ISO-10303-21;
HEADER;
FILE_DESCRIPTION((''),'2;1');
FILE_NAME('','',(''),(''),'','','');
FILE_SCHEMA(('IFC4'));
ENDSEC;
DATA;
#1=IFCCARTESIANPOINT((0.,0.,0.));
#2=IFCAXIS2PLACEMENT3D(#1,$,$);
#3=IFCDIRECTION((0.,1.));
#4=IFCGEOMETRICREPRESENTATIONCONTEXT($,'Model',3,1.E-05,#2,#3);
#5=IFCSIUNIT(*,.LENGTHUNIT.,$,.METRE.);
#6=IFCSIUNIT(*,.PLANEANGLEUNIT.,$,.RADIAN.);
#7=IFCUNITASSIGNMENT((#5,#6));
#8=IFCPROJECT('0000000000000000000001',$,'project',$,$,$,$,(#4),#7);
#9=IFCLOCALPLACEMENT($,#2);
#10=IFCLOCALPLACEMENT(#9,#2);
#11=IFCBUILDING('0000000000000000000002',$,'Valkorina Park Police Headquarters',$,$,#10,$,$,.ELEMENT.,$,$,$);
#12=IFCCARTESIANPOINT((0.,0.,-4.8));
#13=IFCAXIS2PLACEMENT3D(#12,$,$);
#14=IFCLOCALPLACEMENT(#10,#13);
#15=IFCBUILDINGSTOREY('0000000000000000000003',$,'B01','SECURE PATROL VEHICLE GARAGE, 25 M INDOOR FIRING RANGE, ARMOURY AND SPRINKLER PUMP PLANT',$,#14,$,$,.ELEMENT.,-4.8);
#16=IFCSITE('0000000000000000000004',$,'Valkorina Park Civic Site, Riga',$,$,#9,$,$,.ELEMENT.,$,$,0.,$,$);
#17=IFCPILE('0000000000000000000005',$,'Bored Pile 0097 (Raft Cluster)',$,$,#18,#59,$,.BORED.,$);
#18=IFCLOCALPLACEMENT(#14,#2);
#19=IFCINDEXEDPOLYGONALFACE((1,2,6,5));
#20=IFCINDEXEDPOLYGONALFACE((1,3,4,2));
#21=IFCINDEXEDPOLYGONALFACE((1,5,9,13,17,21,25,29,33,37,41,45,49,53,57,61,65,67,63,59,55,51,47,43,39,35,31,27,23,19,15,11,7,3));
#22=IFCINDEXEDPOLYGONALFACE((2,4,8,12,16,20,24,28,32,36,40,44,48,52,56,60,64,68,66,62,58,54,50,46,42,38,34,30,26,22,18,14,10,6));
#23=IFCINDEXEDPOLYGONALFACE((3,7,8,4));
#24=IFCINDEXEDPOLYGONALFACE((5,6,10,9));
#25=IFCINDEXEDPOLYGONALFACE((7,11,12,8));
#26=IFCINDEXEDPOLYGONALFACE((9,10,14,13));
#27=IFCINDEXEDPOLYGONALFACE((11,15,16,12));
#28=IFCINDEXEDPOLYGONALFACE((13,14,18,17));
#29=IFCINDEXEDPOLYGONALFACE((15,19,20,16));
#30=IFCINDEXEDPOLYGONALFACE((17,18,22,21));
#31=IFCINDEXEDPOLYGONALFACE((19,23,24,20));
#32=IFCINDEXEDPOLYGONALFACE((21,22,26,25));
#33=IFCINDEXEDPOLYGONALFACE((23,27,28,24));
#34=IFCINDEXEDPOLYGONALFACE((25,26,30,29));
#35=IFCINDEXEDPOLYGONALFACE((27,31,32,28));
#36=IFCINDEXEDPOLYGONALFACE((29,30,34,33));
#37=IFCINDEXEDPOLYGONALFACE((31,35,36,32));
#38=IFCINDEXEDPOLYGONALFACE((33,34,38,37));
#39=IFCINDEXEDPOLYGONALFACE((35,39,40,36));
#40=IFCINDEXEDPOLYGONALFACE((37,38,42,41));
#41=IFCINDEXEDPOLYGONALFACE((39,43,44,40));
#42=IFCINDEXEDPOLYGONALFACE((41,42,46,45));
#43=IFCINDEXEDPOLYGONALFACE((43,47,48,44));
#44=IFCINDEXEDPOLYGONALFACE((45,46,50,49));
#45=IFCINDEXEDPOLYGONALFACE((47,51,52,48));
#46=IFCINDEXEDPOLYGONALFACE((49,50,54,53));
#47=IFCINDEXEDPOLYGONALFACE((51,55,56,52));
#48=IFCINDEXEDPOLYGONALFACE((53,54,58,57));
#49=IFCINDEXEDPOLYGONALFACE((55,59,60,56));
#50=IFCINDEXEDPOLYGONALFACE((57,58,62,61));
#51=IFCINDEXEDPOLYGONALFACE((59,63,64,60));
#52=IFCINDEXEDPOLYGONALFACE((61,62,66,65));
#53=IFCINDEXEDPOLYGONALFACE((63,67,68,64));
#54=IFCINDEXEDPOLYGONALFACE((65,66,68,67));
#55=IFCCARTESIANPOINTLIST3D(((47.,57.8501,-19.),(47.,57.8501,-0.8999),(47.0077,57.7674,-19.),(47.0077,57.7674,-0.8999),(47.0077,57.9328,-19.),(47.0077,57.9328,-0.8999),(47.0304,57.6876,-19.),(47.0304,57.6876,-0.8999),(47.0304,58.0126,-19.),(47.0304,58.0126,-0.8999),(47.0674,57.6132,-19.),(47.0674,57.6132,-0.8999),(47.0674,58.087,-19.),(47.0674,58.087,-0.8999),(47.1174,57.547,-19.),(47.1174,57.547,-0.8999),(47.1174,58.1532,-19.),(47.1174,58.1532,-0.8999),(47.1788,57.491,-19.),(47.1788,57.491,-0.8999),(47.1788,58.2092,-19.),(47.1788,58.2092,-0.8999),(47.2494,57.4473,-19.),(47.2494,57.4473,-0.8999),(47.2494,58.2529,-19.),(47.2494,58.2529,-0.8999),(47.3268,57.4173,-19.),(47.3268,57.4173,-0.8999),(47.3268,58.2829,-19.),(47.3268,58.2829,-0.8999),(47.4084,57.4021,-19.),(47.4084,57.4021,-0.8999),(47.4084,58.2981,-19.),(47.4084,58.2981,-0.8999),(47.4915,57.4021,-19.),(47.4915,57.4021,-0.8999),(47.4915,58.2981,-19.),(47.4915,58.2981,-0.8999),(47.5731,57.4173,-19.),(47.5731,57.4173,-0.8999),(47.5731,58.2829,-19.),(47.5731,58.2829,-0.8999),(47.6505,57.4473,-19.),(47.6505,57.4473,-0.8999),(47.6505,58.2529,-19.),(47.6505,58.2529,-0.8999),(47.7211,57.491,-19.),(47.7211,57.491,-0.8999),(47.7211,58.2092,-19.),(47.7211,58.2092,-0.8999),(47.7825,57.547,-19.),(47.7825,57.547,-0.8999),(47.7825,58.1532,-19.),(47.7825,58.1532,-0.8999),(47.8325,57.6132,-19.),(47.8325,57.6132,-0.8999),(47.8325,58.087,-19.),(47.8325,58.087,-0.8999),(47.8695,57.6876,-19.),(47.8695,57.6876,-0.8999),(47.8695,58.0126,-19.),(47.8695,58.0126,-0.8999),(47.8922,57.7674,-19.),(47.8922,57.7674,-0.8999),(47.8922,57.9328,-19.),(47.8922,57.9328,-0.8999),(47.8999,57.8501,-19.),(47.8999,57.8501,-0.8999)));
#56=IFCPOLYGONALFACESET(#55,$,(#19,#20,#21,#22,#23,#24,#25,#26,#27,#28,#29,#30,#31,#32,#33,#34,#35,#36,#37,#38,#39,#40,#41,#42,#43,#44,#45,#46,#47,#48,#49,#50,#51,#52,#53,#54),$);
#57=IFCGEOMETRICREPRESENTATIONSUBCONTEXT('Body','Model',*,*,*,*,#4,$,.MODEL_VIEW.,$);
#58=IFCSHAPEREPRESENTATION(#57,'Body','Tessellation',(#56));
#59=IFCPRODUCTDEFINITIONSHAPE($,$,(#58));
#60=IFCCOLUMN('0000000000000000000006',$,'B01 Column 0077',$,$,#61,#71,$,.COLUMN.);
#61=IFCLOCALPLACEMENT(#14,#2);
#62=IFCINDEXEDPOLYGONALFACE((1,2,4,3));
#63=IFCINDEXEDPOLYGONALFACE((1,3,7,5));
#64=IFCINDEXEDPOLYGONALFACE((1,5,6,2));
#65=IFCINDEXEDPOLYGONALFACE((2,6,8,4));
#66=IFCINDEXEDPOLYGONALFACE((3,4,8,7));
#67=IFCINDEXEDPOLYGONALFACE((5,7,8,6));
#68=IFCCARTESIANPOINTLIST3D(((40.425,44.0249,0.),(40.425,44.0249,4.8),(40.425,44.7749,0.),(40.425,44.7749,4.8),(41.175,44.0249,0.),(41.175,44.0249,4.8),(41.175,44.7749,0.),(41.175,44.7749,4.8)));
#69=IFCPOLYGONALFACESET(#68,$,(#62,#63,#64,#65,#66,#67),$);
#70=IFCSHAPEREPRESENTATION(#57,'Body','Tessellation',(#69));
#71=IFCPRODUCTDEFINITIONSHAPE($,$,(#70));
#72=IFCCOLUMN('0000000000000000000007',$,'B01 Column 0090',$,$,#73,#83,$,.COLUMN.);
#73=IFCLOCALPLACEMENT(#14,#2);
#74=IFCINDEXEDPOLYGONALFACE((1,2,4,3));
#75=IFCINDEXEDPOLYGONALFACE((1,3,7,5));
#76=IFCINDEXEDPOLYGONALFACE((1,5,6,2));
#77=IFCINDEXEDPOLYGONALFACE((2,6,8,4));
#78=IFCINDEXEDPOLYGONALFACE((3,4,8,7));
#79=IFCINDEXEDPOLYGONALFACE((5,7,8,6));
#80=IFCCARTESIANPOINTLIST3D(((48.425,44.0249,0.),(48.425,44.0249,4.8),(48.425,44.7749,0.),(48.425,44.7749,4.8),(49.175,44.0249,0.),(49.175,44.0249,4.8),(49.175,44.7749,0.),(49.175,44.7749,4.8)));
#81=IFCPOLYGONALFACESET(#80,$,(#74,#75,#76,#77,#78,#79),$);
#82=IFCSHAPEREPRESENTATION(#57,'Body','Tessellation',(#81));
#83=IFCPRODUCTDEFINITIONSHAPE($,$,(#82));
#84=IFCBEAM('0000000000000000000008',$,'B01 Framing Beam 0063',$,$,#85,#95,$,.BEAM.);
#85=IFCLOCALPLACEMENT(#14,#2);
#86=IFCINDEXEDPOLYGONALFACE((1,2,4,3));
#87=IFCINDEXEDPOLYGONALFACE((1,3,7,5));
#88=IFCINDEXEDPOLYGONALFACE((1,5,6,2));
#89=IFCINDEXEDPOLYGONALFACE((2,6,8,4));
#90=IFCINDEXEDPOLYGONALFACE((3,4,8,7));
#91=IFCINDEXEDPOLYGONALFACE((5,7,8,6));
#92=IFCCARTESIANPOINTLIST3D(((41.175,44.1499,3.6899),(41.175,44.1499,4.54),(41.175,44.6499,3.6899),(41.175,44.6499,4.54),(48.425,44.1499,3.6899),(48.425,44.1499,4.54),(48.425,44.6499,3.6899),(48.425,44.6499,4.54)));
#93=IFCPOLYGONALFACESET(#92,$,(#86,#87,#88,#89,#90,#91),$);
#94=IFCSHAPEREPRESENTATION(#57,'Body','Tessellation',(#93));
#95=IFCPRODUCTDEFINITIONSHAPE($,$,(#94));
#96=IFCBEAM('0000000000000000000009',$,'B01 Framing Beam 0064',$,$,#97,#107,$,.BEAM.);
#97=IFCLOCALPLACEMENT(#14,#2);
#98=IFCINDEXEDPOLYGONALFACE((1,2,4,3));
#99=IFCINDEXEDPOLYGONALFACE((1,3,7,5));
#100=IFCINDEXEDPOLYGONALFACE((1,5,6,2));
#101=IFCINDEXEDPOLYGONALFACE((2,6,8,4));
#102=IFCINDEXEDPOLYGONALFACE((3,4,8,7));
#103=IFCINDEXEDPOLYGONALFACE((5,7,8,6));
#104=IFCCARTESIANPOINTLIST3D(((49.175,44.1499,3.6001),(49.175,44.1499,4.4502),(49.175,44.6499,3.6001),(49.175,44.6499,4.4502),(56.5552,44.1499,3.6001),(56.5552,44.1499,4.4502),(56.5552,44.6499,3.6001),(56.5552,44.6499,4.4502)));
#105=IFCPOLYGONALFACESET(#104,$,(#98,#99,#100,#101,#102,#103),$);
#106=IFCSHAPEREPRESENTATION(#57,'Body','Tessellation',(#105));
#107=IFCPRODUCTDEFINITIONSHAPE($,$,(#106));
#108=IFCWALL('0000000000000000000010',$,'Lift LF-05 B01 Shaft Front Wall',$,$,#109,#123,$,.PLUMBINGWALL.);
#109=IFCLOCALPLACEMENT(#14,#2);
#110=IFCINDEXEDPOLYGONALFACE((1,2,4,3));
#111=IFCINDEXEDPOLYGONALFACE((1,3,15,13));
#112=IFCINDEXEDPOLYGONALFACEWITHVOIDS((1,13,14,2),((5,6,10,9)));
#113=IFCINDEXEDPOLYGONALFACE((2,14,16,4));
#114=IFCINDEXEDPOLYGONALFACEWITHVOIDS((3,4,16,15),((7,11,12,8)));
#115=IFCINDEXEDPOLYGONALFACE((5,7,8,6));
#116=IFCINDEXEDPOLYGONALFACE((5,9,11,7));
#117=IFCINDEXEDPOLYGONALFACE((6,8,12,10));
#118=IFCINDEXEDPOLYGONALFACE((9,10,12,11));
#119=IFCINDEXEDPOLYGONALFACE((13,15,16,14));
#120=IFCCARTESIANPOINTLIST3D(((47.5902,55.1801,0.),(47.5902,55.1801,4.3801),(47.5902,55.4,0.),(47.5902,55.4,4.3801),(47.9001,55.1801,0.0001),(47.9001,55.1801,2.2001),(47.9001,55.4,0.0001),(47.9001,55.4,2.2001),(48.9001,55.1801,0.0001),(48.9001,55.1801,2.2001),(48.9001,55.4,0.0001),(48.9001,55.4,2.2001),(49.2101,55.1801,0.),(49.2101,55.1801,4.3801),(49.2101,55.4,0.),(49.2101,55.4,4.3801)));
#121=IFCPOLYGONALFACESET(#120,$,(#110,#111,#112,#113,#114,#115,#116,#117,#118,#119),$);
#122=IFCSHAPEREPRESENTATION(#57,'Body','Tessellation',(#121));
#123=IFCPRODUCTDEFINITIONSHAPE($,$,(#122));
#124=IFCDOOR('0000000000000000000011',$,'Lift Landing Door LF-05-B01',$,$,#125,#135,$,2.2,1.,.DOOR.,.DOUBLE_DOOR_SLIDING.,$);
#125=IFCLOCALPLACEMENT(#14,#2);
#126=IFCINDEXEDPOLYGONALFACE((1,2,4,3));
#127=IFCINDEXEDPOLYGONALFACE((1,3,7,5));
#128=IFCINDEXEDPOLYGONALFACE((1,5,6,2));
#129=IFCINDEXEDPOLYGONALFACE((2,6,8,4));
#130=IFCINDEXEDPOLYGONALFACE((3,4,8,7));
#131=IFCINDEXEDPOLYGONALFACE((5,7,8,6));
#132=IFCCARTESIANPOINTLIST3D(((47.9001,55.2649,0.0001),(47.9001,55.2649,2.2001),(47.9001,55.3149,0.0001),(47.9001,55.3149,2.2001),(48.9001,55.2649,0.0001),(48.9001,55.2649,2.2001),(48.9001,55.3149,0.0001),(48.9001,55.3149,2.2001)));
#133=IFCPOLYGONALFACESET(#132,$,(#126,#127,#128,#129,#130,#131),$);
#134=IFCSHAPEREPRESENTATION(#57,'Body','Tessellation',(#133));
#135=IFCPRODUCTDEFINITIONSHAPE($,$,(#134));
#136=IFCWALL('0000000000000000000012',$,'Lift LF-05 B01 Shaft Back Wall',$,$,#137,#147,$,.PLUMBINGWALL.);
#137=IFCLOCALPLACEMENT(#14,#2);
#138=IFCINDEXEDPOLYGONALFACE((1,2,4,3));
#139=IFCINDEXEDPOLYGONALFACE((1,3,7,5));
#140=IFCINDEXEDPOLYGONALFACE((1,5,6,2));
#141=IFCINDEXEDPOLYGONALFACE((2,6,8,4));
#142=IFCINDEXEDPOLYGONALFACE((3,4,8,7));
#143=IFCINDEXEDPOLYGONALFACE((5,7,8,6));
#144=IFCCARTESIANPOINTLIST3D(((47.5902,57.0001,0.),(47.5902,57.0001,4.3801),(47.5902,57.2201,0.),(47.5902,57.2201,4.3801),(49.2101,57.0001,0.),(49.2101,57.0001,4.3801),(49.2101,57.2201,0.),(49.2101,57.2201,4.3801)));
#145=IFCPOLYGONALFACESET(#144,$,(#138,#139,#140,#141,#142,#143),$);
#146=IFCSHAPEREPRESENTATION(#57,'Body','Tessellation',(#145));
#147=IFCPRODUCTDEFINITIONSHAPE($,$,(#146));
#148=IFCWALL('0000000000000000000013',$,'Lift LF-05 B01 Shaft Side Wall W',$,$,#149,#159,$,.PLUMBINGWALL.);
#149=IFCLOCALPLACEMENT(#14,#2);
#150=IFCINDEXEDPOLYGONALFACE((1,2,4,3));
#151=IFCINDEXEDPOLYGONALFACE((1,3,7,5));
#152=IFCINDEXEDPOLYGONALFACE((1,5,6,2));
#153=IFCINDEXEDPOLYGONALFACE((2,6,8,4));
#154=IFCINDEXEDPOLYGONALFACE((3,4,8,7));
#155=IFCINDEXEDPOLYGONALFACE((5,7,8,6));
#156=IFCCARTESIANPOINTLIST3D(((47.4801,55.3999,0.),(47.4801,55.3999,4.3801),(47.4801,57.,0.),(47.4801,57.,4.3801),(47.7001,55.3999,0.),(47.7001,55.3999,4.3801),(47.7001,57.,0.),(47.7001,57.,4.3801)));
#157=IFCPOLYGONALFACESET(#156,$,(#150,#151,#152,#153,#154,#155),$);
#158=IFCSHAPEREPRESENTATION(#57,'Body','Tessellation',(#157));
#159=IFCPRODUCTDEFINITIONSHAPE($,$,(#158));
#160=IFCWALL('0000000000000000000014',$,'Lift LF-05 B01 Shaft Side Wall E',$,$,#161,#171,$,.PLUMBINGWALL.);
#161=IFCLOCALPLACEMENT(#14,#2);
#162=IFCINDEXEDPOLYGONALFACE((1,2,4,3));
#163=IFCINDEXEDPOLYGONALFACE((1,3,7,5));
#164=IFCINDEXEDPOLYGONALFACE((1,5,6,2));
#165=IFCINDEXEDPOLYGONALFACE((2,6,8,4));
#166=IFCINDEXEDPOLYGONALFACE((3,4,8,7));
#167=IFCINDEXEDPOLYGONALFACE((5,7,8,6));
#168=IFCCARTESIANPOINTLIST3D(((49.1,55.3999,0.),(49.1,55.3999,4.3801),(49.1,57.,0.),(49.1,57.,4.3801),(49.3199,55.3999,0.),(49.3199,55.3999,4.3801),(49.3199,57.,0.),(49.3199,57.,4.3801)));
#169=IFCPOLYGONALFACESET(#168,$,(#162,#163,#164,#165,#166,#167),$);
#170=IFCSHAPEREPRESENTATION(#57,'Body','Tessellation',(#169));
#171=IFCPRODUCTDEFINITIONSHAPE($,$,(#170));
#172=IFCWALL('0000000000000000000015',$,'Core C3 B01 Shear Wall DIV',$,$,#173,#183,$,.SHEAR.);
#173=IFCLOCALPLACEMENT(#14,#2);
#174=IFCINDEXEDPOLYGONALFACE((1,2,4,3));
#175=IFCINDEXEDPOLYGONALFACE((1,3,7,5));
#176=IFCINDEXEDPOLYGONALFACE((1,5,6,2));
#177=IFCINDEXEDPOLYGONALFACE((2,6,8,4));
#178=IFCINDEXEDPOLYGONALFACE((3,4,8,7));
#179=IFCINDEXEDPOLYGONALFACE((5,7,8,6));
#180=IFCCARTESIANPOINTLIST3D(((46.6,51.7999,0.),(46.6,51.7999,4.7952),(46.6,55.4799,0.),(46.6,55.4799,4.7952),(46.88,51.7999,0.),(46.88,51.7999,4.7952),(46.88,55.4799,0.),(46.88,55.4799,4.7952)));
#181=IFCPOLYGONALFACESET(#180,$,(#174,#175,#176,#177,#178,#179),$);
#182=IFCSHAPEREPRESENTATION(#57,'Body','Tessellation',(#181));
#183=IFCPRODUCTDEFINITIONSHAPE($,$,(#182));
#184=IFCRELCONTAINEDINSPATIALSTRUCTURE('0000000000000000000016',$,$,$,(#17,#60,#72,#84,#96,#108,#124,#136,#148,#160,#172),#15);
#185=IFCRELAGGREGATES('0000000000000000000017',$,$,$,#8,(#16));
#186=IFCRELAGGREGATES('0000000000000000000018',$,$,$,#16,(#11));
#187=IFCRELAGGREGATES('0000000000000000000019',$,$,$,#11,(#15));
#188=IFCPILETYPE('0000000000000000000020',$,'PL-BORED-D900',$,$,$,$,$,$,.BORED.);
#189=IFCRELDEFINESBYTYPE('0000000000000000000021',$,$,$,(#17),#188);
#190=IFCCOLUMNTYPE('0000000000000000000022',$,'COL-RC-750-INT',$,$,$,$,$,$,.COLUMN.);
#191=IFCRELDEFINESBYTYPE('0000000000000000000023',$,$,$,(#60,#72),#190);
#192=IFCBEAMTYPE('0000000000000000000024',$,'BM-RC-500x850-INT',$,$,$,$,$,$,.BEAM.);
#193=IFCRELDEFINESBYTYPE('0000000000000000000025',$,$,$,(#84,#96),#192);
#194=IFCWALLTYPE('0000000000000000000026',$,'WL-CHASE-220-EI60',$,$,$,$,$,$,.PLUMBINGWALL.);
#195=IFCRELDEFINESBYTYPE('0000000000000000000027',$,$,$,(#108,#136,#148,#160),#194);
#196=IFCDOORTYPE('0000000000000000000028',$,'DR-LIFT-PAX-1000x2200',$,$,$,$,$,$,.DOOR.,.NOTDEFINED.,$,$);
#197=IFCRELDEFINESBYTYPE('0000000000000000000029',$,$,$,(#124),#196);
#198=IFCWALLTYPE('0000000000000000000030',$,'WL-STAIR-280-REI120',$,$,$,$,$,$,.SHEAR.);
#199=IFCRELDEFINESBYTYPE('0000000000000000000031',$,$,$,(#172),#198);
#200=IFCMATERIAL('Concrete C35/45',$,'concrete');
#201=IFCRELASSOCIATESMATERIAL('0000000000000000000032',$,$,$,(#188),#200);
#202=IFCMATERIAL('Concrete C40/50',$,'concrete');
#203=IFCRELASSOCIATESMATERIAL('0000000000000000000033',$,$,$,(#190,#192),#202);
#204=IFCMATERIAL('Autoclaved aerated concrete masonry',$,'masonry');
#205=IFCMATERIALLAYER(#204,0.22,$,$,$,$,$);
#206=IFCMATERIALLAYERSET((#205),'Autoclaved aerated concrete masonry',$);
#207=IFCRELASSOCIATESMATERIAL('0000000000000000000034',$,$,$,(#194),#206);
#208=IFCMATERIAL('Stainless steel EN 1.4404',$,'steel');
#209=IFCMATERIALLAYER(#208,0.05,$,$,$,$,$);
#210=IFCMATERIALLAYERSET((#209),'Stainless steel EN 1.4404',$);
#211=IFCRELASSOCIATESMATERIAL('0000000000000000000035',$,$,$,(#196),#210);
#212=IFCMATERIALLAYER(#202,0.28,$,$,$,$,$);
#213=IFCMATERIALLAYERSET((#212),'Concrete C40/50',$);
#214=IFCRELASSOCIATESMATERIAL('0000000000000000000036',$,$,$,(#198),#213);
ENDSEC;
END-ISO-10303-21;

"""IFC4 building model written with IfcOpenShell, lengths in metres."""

from ifc_helpers import new_model, si_unit, direction, frame, frame_2d, origin, origin_2d, place, context, subcontext, project, spatial, rectangle, circle, extrude, material, layer, layer_set, material_profile, profile_set, type_object, element, fill, save


model = new_model("IFC4")

# Units and contexts
model_context = context("Model", 3, precision=1e-05, world=origin(), true_north=direction((0.0, 1.0)))
body_context = subcontext(model_context, "Body", "Model", "MODEL_VIEW")
ifc_project = project(units=[si_unit("LENGTHUNIT", "METRE"), si_unit("PLANEANGLEUNIT", "RADIAN")], contexts=[model_context])

# Site, building, storey
site_placement = place(None, origin())
site = spatial("IfcSite", under=ifc_project, at=site_placement, Name="Valkorina Park Civic Site, Riga", CompositionType="ELEMENT", RefElevation=0.0)
building_placement = place(site_placement, origin())
building = spatial("IfcBuilding", under=site, at=building_placement, Name="Valkorina Park Police Headquarters", CompositionType="ELEMENT")
storey_placement = place(building_placement, frame((0.0, 0.0, -4.8)))
storey = spatial("IfcBuildingStorey", under=building, at=storey_placement, Name="B01", Description="SECURE PATROL VEHICLE GARAGE, 25 M INDOOR FIRING RANGE, ARMOURY AND SPRINKLER PUMP PLANT", CompositionType="ELEMENT", Elevation=-4.8)

# Pile
ifc_material_1 = material(Name="Concrete C35/45", Category="concrete")
ifc_material_profile_1 = material_profile(ifc_material_1, circle(Radius=0.45, at=origin_2d()), Name="BORED PILE D900")
ifc_profile_set_1 = profile_set([ifc_material_profile_1], Name="Concrete C35/45")
pile_type = type_object("IfcPileType", Name="PL-BORED-D900", PredefinedType="BORED", material=ifc_profile_set_1)
for number, where, z_axis, x_axis, name in (
    (1, (47.45, 57.8501, -0.8999), (0.0, 0.0, -1.0), (1.0, 0.0, 0.0), "Bored Pile 0097 (Raft Cluster)"),
):
    element("IfcPile", number, at=place(storey_placement, frame(where, z_axis=z_axis, x_axis=x_axis)), inside=storey, type_object=pile_type, Name=name, PredefinedType="BORED", context=body_context, shape_type="SweptSolid", body=[
        extrude(circle(Radius=0.45, at=origin_2d()), origin(), (0.0, 0.0, 1.0), 18.1001),
    ])

# Columns
ifc_material_2 = material(Name="Concrete C40/50", Category="concrete")
ifc_material_profile_2 = material_profile(ifc_material_2, rectangle(XDim=0.75, YDim=0.75, at=origin_2d()), Name="RC COL 750x750")
ifc_profile_set_2 = profile_set([ifc_material_profile_2], Name="Concrete C40/50")
column_type = type_object("IfcColumnType", Name="COL-RC-750-INT", PredefinedType="COLUMN", material=ifc_profile_set_2)
for number, where, z_axis, x_axis, name in (
    (2, (40.8, 44.3999, 0.0), (0.0, 0.0, 1.0), (1.0, 0.0, 0.0), "B01 Column 0077"),
    (3, (48.8, 44.3999, 0.0), (0.0, 0.0, 1.0), (1.0, 0.0, 0.0), "B01 Column 0090"),
):
    element("IfcColumn", number, at=place(storey_placement, frame(where, z_axis=z_axis, x_axis=x_axis)), inside=storey, type_object=column_type, Name=name, PredefinedType="COLUMN", context=body_context, shape_type="SweptSolid", body=[
        extrude(rectangle(XDim=0.75, YDim=0.75, at=origin_2d()), origin(), (0.0, 0.0, 1.0), 4.8),
    ])

# Beams
ifc_material_profile_3 = material_profile(ifc_material_2, rectangle(XDim=0.5, YDim=0.8501, at=origin_2d()), Name="RC BEAM 500x850")
ifc_profile_set_3 = profile_set([ifc_material_profile_3], Name="Concrete C40/50")
beam_type = type_object("IfcBeamType", Name="BM-RC-500x850-INT", PredefinedType="BEAM", material=ifc_profile_set_3)
beam_1_placement = place(storey_placement, frame((41.175, 44.3999, 4.115), z_axis=(1.0, 0.0, 0.0), x_axis=(0.0, 1.0, 0.0)))
element("IfcBeam", 4, at=beam_1_placement, inside=storey, type_object=beam_type, Name="B01 Framing Beam 0063", PredefinedType="BEAM", context=body_context, shape_type="SweptSolid", body=[
    extrude(rectangle(XDim=0.5, YDim=0.8501, at=origin_2d()), origin(), (0.0, 0.0, 1.0), 7.25),
])
beam_2_placement = place(storey_placement, frame((49.175, 44.3999, 4.0251), z_axis=(1.0, 0.0, 0.0), x_axis=(0.0, 1.0, 0.0)))
element("IfcBeam", 5, at=beam_2_placement, inside=storey, type_object=beam_type, Name="B01 Framing Beam 0064", PredefinedType="BEAM", context=body_context, shape_type="SweptSolid", body=[
    extrude(rectangle(XDim=0.5, YDim=0.8501, at=origin_2d()), origin(), (0.0, 0.0, 1.0), 7.3801),
])

# Wall, opening, door
ifc_material_3 = material(Name="Autoclaved aerated concrete masonry", Category="masonry")
ifc_layer_1 = layer(ifc_material_3, 0.22)
ifc_layer_set_1 = layer_set([ifc_layer_1], Name="Autoclaved aerated concrete masonry")
wall_type_1 = type_object("IfcWallType", Name="WL-CHASE-220-EI60", PredefinedType="PLUMBINGWALL", material=ifc_layer_set_1)
wall_1_placement = place(storey_placement, frame((47.5901, 55.29, 0.0), z_axis=(0.0, 0.0, 1.0), x_axis=(1.0, 0.0, 0.0)))
wall_1 = element("IfcWall", 6, at=wall_1_placement, inside=storey, type_object=wall_type_1, Name="Lift LF-05 B01 Shaft Front Wall", PredefinedType="PLUMBINGWALL", context=body_context, shape_type="SweptSolid", body=[
    extrude(rectangle(XDim=1.6199, YDim=0.22, at=frame_2d((0.8101, 0.0))), origin(), (0.0, 0.0, 1.0), 4.3801),
])
opening_placement = place(wall_1_placement, frame((0.3101, 0.0, 0.0)))
opening = element("IfcOpeningElement", 7, at=opening_placement, cuts=wall_1, PredefinedType="OPENING", context=body_context, shape_type="SweptSolid", body=[
    extrude(rectangle(XDim=1.0, YDim=2.2, at=frame_2d((0.5, 1.1001))), frame((0.0, 0.1201, 0.0), z_axis=(0.0, -1.0, 0.0), x_axis=(1.0, 0.0, 0.0)), (0.0, 0.0, 1.0), 0.24),
])
ifc_material_4 = material(Name="Stainless steel EN 1.4404", Category="steel")
ifc_layer_2 = layer(ifc_material_4, 0.05)
ifc_layer_set_2 = layer_set([ifc_layer_2], Name="Stainless steel EN 1.4404")
door_type = type_object("IfcDoorType", Name="DR-LIFT-PAX-1000x2200", OperationType="NOTDEFINED", PredefinedType="DOOR", material=ifc_layer_set_2)
door_placement = place(opening_placement, origin())
door = element("IfcDoor", 8, at=door_placement, inside=storey, type_object=door_type, Name="Lift Landing Door LF-05-B01", OperationType="DOUBLE_DOOR_SLIDING", OverallHeight=2.2, OverallWidth=1.0, PredefinedType="DOOR", context=body_context, shape_type="SweptSolid", body=[
    extrude(rectangle(XDim=1.0, YDim=2.2, at=frame_2d((0.5, 1.1001))), frame((0.0, 0.0249, 0.0), z_axis=(0.0, -1.0, 0.0), x_axis=(1.0, 0.0, 0.0)), (0.0, 0.0, 1.0), 0.05),
])
fill(opening, door)

# Walls
wall_2_placement = place(storey_placement, frame((47.5901, 57.1101, 0.0), z_axis=(0.0, 0.0, 1.0), x_axis=(1.0, 0.0, 0.0)))
element("IfcWall", 9, at=wall_2_placement, inside=storey, type_object=wall_type_1, Name="Lift LF-05 B01 Shaft Back Wall", PredefinedType="PLUMBINGWALL", context=body_context, shape_type="SweptSolid", body=[
    extrude(rectangle(XDim=1.6199, YDim=0.22, at=frame_2d((0.8101, 0.0))), origin(), (0.0, 0.0, 1.0), 4.3801),
])
for number, where, z_axis, x_axis, name in (
    (10, (47.5901, 55.3999, 0.0), (0.0, 0.0, 1.0), (0.0, 1.0, 0.0), "Lift LF-05 B01 Shaft Side Wall W"),
    (11, (49.21, 55.3999, 0.0), (0.0, 0.0, 1.0), (0.0, 1.0, 0.0), "Lift LF-05 B01 Shaft Side Wall E"),
):
    element("IfcWall", number, at=place(storey_placement, frame(where, z_axis=z_axis, x_axis=x_axis)), inside=storey, type_object=wall_type_1, Name=name, PredefinedType="PLUMBINGWALL", context=body_context, shape_type="SweptSolid", body=[
        extrude(rectangle(XDim=1.6001, YDim=0.22, at=frame_2d((0.8, 0.0))), origin(), (0.0, 0.0, 1.0), 4.3801),
    ])
ifc_layer_3 = layer(ifc_material_2, 0.28)
ifc_layer_set_3 = layer_set([ifc_layer_3], Name="Concrete C40/50")
wall_type_2 = type_object("IfcWallType", Name="WL-STAIR-280-REI120", PredefinedType="SHEAR", material=ifc_layer_set_3)
wall_3_placement = place(storey_placement, frame((46.74, 51.8, 0.0), z_axis=(0.0, 0.0, 1.0), x_axis=(0.0, 1.0, 0.0)))
element("IfcWall", 12, at=wall_3_placement, inside=storey, type_object=wall_type_2, Name="Core C3 B01 Shear Wall DIV", PredefinedType="SHEAR", context=body_context, shape_type="SweptSolid", body=[
    extrude(rectangle(XDim=3.6799, YDim=0.28, at=frame_2d((1.8398, 0.0))), origin(), (0.0, 0.0, 1.0), 4.7952),
])

save(model, "model.ifc")
